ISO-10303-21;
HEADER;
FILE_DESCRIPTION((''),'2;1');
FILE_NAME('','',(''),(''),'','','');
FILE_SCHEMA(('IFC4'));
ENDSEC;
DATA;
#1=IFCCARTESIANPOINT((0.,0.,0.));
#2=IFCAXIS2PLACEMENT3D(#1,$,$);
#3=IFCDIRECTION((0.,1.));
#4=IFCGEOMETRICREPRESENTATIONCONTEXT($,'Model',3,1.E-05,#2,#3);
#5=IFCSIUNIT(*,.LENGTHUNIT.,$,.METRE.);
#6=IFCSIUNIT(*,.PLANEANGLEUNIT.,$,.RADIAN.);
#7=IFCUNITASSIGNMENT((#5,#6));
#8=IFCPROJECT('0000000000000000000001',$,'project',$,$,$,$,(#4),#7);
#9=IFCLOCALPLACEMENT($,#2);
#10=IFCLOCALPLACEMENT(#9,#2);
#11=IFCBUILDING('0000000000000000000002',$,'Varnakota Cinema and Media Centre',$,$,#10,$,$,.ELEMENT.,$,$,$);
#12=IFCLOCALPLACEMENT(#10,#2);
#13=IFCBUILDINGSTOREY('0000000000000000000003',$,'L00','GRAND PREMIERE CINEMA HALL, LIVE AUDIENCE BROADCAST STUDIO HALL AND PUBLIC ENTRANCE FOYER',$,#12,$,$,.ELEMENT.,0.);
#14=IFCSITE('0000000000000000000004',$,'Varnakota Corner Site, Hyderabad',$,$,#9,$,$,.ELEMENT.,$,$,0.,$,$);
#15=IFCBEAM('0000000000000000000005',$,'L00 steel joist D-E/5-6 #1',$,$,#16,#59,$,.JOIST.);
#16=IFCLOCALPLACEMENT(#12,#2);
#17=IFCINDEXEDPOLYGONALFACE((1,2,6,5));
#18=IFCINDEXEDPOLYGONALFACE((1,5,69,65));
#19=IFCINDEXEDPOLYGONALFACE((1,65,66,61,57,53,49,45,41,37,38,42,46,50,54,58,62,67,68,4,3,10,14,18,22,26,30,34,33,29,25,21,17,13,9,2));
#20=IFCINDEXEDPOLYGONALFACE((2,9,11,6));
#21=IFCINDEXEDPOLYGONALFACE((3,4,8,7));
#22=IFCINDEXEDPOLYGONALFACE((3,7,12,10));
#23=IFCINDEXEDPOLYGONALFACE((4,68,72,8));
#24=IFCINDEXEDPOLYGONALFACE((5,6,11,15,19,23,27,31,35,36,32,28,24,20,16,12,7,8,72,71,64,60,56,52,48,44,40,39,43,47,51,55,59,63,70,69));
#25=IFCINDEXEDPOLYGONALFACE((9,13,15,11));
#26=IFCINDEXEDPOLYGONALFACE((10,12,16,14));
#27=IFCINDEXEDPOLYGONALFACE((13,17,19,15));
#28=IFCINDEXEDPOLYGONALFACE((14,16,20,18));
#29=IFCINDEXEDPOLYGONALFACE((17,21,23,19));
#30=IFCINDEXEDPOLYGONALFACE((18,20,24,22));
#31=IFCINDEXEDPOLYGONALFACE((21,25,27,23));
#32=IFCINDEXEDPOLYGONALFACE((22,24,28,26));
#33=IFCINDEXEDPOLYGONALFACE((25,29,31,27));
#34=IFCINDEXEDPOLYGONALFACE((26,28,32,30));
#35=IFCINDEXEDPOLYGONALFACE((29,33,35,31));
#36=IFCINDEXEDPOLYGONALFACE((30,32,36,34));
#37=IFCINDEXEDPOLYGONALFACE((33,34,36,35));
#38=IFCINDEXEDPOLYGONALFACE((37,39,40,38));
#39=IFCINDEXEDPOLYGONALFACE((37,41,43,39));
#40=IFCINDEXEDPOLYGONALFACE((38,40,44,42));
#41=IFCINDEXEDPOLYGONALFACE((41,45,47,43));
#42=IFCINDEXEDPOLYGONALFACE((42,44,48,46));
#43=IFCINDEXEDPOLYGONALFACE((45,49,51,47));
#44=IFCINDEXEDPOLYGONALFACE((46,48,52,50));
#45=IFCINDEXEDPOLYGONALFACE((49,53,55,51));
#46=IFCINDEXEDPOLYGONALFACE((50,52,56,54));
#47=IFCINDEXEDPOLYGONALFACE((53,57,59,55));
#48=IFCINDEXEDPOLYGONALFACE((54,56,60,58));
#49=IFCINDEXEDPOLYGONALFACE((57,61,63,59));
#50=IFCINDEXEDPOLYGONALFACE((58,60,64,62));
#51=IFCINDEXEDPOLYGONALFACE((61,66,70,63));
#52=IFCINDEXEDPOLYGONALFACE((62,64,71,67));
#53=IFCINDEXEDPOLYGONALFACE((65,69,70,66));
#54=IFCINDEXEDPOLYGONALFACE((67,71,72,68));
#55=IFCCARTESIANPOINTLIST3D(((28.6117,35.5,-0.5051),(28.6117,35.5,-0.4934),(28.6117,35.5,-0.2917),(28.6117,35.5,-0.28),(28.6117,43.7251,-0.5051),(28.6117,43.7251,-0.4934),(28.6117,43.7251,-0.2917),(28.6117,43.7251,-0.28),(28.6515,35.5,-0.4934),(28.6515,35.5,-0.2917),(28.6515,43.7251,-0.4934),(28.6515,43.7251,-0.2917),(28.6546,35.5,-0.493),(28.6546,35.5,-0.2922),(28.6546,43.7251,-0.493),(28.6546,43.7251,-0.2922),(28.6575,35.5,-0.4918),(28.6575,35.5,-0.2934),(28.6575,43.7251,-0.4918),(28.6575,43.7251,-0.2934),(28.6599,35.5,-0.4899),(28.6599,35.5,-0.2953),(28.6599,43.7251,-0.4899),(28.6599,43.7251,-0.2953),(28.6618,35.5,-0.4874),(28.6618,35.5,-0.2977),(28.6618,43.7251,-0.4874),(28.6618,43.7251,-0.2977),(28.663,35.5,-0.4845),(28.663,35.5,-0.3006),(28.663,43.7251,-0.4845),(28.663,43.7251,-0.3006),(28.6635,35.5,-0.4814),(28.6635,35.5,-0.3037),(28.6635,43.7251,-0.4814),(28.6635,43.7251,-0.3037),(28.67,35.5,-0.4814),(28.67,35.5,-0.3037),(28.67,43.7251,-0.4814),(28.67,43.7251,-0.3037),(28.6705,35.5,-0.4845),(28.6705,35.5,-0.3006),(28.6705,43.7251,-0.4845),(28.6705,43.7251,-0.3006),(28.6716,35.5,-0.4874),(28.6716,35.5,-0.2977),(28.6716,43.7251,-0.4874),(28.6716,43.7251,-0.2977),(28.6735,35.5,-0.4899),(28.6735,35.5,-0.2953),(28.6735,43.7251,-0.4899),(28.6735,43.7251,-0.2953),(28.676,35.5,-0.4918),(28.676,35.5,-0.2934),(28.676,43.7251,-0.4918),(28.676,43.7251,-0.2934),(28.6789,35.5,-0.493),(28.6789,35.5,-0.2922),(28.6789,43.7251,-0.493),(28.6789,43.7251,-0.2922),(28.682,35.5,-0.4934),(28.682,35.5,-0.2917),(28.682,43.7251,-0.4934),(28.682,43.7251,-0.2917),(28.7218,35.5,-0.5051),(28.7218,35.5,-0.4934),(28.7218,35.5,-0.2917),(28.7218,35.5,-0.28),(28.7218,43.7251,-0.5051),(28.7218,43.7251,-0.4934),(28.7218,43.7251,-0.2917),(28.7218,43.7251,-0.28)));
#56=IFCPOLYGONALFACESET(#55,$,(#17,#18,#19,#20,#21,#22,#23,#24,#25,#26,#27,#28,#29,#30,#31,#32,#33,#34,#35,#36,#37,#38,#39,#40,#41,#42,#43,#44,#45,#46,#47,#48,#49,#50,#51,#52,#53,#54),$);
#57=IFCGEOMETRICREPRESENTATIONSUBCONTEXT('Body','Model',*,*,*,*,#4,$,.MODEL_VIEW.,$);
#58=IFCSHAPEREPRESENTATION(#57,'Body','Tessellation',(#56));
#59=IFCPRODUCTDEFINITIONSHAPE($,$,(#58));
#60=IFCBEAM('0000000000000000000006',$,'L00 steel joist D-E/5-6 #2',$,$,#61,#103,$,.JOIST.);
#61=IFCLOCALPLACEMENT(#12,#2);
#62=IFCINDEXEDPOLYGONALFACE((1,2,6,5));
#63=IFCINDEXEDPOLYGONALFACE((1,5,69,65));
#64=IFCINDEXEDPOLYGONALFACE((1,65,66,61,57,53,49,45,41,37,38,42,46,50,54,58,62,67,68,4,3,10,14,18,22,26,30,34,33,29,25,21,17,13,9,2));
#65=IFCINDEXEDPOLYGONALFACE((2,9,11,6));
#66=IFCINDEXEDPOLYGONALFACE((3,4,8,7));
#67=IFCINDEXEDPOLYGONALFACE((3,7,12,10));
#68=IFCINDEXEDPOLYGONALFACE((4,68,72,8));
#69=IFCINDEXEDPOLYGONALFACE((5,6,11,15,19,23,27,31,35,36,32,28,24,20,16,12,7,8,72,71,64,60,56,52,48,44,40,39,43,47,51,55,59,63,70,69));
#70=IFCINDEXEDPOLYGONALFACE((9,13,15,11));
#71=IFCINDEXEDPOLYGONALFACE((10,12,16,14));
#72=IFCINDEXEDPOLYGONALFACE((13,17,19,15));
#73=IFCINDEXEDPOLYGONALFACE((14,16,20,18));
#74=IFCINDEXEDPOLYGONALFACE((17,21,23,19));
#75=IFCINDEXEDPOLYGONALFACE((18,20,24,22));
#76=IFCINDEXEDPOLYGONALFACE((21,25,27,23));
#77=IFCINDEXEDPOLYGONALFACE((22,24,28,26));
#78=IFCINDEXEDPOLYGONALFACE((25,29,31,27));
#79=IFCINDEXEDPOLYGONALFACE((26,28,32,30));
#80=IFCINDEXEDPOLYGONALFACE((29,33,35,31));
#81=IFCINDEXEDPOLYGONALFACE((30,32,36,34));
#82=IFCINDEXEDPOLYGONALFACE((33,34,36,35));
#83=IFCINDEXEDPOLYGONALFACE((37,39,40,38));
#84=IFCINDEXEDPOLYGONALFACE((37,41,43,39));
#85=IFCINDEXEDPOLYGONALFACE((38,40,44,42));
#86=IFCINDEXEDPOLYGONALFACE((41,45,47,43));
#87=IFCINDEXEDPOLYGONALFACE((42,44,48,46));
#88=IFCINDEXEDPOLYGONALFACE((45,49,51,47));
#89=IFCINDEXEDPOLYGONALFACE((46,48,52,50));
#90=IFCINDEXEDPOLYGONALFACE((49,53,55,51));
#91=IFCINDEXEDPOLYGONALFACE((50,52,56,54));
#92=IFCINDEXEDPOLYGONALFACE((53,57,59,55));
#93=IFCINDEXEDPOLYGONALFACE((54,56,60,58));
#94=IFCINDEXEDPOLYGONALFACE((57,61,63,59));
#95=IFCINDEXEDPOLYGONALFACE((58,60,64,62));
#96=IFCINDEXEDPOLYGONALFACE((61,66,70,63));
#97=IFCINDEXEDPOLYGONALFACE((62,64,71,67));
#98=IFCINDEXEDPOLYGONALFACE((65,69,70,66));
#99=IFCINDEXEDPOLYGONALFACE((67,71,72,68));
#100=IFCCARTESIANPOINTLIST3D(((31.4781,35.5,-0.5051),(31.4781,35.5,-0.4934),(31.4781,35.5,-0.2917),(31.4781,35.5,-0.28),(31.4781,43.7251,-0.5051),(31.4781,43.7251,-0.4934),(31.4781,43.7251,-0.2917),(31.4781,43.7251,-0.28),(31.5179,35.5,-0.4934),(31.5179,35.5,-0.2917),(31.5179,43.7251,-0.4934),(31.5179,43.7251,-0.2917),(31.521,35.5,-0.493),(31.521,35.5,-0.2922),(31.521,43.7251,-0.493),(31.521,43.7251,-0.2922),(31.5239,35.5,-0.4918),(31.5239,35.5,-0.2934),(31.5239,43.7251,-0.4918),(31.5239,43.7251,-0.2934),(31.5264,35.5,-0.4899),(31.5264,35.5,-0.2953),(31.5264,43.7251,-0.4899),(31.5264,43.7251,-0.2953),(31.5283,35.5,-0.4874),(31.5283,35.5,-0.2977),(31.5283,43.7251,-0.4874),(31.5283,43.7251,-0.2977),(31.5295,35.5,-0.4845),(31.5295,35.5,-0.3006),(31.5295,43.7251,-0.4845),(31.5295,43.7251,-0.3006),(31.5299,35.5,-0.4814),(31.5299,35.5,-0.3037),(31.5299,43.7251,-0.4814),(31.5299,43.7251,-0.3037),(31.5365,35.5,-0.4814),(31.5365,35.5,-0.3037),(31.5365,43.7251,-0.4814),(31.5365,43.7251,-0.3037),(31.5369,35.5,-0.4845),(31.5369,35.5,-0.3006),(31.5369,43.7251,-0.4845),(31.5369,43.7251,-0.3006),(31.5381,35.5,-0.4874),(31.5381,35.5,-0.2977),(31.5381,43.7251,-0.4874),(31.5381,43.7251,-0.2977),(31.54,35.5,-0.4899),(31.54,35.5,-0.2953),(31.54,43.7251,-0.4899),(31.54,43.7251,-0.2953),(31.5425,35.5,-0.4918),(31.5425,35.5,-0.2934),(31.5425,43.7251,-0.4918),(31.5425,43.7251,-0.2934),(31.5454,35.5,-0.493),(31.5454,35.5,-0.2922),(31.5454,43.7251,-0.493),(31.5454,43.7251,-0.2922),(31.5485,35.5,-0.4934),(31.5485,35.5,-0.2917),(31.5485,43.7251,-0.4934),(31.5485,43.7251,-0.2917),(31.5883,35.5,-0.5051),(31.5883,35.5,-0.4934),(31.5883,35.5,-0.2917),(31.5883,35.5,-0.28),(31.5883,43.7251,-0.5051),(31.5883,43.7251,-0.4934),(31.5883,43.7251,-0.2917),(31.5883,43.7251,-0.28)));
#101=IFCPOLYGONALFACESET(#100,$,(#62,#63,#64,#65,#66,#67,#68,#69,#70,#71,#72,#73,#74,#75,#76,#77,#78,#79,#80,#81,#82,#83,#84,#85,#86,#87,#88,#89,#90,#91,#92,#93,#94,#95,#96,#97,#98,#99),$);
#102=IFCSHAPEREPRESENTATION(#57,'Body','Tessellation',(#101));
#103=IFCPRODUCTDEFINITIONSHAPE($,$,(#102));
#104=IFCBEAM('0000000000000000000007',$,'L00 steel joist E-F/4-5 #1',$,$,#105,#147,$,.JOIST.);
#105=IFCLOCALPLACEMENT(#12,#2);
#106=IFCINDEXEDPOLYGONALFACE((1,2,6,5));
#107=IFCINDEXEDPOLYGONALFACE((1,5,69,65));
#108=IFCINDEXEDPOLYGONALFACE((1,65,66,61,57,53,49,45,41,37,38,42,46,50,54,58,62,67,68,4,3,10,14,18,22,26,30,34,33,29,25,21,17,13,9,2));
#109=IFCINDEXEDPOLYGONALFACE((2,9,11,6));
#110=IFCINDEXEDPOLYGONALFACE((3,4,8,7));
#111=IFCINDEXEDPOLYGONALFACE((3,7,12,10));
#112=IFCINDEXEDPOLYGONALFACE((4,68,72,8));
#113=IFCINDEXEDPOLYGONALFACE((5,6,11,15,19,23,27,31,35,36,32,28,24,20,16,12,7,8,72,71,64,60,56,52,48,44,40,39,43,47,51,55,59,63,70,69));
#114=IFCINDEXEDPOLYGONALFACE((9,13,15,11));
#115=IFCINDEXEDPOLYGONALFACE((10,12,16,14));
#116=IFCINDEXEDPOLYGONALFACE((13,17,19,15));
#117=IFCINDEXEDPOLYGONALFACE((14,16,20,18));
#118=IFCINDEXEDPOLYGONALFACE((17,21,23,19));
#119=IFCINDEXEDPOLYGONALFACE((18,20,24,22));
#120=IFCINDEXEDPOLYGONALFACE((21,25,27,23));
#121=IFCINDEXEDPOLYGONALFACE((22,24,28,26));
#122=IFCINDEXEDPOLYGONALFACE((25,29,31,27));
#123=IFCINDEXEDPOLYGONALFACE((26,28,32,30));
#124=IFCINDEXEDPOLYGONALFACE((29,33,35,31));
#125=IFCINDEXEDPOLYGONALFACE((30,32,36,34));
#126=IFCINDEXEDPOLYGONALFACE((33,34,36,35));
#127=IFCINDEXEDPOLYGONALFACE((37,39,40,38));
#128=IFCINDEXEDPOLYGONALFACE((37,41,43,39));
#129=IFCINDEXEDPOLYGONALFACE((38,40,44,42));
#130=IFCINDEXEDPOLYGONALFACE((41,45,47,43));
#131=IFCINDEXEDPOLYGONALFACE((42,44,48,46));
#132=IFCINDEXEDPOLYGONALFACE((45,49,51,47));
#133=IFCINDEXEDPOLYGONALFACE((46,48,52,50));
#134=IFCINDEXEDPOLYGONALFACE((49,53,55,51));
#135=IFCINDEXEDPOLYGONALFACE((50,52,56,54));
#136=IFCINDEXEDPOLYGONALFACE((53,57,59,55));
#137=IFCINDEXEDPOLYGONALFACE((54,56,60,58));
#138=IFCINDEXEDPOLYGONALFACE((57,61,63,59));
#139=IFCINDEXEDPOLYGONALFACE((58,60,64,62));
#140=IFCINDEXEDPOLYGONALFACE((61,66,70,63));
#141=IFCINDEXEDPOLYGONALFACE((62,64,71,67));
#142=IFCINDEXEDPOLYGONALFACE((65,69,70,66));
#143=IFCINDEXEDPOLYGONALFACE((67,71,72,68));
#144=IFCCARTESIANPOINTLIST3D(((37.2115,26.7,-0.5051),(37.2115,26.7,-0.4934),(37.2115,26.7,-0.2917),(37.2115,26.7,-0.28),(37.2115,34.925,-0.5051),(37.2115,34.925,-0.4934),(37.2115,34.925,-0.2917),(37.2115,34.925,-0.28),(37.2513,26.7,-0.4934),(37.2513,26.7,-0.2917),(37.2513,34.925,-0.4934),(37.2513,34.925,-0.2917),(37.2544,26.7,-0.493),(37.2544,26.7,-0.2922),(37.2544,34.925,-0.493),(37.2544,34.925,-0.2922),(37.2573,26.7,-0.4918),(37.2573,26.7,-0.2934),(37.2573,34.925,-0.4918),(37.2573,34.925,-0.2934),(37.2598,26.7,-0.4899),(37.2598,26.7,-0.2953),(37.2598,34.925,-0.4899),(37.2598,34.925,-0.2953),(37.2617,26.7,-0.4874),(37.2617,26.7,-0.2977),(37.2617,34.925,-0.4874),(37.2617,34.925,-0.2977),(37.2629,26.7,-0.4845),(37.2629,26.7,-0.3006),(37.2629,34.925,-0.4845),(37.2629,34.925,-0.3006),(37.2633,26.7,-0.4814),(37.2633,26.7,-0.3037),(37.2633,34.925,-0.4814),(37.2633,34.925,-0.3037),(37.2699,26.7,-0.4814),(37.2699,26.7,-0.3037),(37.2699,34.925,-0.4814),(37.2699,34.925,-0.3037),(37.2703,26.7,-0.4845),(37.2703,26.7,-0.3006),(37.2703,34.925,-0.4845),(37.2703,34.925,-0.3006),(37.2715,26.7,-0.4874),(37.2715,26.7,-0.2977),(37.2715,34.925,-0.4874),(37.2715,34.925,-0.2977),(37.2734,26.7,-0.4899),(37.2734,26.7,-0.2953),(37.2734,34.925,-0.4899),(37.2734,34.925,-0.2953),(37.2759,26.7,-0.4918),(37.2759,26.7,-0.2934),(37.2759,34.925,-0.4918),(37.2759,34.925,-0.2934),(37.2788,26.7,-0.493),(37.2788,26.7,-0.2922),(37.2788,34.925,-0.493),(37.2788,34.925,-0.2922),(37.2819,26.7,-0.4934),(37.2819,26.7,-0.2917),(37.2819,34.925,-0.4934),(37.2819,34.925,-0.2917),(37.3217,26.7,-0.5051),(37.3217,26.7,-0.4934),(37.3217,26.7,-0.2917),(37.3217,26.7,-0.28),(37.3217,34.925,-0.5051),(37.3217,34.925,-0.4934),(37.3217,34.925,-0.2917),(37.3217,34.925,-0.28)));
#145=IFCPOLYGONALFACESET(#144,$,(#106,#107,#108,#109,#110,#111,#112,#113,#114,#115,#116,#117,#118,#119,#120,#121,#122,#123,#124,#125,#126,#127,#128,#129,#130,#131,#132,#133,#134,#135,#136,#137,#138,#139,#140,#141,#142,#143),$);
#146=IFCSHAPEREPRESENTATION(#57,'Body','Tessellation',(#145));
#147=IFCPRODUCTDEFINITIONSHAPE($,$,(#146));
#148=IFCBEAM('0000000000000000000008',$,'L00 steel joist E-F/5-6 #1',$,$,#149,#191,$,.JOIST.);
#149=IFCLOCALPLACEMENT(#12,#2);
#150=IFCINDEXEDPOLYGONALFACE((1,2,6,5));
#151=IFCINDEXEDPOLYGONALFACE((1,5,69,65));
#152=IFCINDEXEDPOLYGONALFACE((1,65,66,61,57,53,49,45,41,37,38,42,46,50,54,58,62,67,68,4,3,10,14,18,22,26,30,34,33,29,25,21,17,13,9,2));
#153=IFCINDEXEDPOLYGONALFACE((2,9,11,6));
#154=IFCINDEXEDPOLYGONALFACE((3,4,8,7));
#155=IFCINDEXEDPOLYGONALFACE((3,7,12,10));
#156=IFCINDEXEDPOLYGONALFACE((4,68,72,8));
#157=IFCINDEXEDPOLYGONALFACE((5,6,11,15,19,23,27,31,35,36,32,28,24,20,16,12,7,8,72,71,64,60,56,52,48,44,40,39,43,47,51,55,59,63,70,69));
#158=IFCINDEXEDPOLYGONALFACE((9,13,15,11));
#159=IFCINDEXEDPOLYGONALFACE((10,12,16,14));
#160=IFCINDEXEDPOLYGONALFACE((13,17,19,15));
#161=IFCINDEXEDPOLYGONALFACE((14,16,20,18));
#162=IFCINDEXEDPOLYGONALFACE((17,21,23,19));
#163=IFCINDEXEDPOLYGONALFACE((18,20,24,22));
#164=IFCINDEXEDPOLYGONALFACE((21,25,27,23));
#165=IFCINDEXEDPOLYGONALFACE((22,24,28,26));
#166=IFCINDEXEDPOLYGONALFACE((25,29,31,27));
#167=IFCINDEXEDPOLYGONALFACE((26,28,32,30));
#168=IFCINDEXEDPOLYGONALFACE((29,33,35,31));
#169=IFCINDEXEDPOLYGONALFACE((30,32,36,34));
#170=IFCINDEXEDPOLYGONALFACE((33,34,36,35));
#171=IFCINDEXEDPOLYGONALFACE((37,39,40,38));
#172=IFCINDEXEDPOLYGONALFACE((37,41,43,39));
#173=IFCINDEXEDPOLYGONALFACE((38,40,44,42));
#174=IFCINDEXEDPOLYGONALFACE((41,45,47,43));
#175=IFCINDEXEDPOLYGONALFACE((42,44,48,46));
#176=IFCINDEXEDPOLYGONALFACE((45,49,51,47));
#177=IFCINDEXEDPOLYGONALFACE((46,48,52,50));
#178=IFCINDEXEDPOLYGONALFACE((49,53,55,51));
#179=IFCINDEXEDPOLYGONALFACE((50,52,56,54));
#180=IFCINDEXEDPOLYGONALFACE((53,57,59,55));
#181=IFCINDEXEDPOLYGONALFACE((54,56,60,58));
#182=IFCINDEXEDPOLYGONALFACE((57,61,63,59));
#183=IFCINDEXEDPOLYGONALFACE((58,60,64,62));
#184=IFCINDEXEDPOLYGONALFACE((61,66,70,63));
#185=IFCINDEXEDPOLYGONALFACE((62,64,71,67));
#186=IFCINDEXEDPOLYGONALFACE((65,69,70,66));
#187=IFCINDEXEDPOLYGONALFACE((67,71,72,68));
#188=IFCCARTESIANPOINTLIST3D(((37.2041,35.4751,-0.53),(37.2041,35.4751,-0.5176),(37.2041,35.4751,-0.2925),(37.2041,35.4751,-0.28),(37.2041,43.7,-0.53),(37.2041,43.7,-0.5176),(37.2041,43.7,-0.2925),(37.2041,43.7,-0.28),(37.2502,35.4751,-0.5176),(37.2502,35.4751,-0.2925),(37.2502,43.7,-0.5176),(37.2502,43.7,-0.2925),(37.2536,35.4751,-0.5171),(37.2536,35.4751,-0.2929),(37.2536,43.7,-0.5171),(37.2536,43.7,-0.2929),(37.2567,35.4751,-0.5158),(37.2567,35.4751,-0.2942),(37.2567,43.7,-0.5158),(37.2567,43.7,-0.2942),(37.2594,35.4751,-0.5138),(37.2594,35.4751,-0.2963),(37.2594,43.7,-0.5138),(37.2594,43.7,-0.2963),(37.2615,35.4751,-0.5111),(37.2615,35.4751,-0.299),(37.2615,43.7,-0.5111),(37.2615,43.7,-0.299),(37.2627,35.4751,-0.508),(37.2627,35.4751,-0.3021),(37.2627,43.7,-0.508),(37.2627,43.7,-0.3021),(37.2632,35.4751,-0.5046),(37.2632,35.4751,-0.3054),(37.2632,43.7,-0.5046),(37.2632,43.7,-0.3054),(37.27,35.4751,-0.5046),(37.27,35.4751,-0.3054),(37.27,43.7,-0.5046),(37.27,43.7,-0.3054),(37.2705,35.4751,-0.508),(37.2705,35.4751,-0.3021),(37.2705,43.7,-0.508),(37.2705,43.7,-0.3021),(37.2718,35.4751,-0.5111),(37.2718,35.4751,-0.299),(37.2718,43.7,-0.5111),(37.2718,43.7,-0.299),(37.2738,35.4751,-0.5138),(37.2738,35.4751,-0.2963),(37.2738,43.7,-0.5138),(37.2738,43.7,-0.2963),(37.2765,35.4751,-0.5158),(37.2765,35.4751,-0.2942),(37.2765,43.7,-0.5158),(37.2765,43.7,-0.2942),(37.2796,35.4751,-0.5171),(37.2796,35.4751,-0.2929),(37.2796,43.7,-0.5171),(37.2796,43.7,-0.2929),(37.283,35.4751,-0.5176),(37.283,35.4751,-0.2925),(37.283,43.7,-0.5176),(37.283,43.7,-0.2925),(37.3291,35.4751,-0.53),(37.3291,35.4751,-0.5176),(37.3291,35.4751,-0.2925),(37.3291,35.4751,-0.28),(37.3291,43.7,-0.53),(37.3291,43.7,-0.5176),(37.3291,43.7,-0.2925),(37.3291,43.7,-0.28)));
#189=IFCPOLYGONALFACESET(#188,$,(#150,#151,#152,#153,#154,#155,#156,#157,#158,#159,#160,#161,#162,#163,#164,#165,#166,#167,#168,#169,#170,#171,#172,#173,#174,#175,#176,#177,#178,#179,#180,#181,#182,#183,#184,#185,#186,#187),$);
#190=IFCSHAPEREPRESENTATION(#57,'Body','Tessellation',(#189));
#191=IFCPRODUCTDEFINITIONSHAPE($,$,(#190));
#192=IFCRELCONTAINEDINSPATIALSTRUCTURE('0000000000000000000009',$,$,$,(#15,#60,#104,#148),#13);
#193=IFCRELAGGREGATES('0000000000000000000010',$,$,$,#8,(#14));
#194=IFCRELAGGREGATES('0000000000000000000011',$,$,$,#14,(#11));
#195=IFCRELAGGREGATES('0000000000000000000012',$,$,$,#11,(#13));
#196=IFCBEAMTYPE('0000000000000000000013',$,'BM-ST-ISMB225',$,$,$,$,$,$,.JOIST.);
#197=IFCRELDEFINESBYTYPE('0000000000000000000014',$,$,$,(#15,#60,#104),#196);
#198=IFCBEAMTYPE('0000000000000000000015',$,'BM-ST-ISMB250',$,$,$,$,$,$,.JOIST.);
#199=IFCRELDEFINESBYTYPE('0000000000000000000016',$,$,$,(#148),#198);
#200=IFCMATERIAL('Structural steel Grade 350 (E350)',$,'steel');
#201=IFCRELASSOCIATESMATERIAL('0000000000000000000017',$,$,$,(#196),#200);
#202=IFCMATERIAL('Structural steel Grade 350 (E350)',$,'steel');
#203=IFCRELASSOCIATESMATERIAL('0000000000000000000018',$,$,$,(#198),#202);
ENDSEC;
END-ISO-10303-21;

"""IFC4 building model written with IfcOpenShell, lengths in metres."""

from ifc_helpers import new_model, si_unit, direction, frame, origin, origin_2d, place, context, subcontext, project, spatial, i_section, extrude, material, material_profile, profile_set, type_object, element, save


model = new_model("IFC4")

# Units and contexts
model_context = context("Model", 3, precision=1e-05, world=origin(), true_north=direction((0.0, 1.0)))
body_context = subcontext(model_context, "Body", "Model", "MODEL_VIEW")
ifc_project = project(units=[si_unit("LENGTHUNIT", "METRE"), si_unit("PLANEANGLEUNIT", "RADIAN")], contexts=[model_context])

# Site, building, storey
site_placement = place(None, origin())
site = spatial("IfcSite", under=ifc_project, at=site_placement, Name="Varnakota Corner Site, Hyderabad", CompositionType="ELEMENT", RefElevation=0.0)
building_placement = place(site_placement, origin())
building = spatial("IfcBuilding", under=site, at=building_placement, Name="Varnakota Cinema and Media Centre", CompositionType="ELEMENT")
storey_placement = place(building_placement, origin())
storey = spatial("IfcBuildingStorey", under=building, at=storey_placement, Name="L00", Description="GRAND PREMIERE CINEMA HALL, LIVE AUDIENCE BROADCAST STUDIO HALL AND PUBLIC ENTRANCE FOYER", CompositionType="ELEMENT", Elevation=0.0)

# Beams
ifc_material_1 = material(Name="Structural steel Grade 350 (E350)", Category="steel")
ifc_material_profile_1 = material_profile(ifc_material_1, i_section(OverallWidth=0.1101, OverallDepth=0.2251, WebThickness=0.0066, FlangeThickness=0.0117, FilletRadius=0.012, at=origin_2d()), Name="ISMB 225")
ifc_profile_set_1 = profile_set([ifc_material_profile_1], Name="Structural steel Grade 350 (E350)")
beam_type_1 = type_object("IfcBeamType", Name="BM-ST-ISMB225", PredefinedType="JOIST", material=ifc_profile_set_1)
for number, where, z_axis, x_axis, name in (
    (1, (28.6667, 35.5, -0.3926), (0.0, 1.0, 0.0), (-1.0, 0.0, 0.0), "L00 steel joist D-E/5-6 #1"),
    (2, (31.5332, 35.5, -0.3926), (0.0, 1.0, 0.0), (-1.0, 0.0, 0.0), "L00 steel joist D-E/5-6 #2"),
    (3, (37.2666, 26.7, -0.3926), (0.0, 1.0, 0.0), (-1.0, 0.0, 0.0), "L00 steel joist E-F/4-5 #1"),
):
    element("IfcBeam", number, at=place(storey_placement, frame(where, z_axis=z_axis, x_axis=x_axis)), inside=storey, type_object=beam_type_1, Name=name, PredefinedType="JOIST", context=body_context, shape_type="SweptSolid", body=[
        extrude(i_section(OverallWidth=0.1101, OverallDepth=0.2251, WebThickness=0.0066, FlangeThickness=0.0117, FilletRadius=0.012, at=origin_2d()), origin(), (0.0, 0.0, 1.0), 8.2251),
    ])
ifc_material_2 = material(Name="Structural steel Grade 350 (E350)", Category="steel")
ifc_material_profile_2 = material_profile(ifc_material_2, i_section(OverallWidth=0.125, OverallDepth=0.25, WebThickness=0.0068, FlangeThickness=0.0125, FilletRadius=0.0129, at=origin_2d()), Name="ISMB 250")
ifc_profile_set_2 = profile_set([ifc_material_profile_2], Name="Structural steel Grade 350 (E350)")
beam_type_2 = type_object("IfcBeamType", Name="BM-ST-ISMB250", PredefinedType="JOIST", material=ifc_profile_set_2)
beam_1_placement = place(storey_placement, frame((37.2666, 35.4751, -0.405), z_axis=(0.0, 1.0, 0.0), x_axis=(-1.0, 0.0, 0.0)))
element("IfcBeam", 4, at=beam_1_placement, inside=storey, type_object=beam_type_2, Name="L00 steel joist E-F/5-6 #1", PredefinedType="JOIST", context=body_context, shape_type="SweptSolid", body=[
    extrude(i_section(OverallWidth=0.125, OverallDepth=0.25, WebThickness=0.0068, FlangeThickness=0.0125, FilletRadius=0.0129, at=origin_2d()), origin(), (0.0, 0.0, 1.0), 8.2249),
])

save(model, "model.ifc")
